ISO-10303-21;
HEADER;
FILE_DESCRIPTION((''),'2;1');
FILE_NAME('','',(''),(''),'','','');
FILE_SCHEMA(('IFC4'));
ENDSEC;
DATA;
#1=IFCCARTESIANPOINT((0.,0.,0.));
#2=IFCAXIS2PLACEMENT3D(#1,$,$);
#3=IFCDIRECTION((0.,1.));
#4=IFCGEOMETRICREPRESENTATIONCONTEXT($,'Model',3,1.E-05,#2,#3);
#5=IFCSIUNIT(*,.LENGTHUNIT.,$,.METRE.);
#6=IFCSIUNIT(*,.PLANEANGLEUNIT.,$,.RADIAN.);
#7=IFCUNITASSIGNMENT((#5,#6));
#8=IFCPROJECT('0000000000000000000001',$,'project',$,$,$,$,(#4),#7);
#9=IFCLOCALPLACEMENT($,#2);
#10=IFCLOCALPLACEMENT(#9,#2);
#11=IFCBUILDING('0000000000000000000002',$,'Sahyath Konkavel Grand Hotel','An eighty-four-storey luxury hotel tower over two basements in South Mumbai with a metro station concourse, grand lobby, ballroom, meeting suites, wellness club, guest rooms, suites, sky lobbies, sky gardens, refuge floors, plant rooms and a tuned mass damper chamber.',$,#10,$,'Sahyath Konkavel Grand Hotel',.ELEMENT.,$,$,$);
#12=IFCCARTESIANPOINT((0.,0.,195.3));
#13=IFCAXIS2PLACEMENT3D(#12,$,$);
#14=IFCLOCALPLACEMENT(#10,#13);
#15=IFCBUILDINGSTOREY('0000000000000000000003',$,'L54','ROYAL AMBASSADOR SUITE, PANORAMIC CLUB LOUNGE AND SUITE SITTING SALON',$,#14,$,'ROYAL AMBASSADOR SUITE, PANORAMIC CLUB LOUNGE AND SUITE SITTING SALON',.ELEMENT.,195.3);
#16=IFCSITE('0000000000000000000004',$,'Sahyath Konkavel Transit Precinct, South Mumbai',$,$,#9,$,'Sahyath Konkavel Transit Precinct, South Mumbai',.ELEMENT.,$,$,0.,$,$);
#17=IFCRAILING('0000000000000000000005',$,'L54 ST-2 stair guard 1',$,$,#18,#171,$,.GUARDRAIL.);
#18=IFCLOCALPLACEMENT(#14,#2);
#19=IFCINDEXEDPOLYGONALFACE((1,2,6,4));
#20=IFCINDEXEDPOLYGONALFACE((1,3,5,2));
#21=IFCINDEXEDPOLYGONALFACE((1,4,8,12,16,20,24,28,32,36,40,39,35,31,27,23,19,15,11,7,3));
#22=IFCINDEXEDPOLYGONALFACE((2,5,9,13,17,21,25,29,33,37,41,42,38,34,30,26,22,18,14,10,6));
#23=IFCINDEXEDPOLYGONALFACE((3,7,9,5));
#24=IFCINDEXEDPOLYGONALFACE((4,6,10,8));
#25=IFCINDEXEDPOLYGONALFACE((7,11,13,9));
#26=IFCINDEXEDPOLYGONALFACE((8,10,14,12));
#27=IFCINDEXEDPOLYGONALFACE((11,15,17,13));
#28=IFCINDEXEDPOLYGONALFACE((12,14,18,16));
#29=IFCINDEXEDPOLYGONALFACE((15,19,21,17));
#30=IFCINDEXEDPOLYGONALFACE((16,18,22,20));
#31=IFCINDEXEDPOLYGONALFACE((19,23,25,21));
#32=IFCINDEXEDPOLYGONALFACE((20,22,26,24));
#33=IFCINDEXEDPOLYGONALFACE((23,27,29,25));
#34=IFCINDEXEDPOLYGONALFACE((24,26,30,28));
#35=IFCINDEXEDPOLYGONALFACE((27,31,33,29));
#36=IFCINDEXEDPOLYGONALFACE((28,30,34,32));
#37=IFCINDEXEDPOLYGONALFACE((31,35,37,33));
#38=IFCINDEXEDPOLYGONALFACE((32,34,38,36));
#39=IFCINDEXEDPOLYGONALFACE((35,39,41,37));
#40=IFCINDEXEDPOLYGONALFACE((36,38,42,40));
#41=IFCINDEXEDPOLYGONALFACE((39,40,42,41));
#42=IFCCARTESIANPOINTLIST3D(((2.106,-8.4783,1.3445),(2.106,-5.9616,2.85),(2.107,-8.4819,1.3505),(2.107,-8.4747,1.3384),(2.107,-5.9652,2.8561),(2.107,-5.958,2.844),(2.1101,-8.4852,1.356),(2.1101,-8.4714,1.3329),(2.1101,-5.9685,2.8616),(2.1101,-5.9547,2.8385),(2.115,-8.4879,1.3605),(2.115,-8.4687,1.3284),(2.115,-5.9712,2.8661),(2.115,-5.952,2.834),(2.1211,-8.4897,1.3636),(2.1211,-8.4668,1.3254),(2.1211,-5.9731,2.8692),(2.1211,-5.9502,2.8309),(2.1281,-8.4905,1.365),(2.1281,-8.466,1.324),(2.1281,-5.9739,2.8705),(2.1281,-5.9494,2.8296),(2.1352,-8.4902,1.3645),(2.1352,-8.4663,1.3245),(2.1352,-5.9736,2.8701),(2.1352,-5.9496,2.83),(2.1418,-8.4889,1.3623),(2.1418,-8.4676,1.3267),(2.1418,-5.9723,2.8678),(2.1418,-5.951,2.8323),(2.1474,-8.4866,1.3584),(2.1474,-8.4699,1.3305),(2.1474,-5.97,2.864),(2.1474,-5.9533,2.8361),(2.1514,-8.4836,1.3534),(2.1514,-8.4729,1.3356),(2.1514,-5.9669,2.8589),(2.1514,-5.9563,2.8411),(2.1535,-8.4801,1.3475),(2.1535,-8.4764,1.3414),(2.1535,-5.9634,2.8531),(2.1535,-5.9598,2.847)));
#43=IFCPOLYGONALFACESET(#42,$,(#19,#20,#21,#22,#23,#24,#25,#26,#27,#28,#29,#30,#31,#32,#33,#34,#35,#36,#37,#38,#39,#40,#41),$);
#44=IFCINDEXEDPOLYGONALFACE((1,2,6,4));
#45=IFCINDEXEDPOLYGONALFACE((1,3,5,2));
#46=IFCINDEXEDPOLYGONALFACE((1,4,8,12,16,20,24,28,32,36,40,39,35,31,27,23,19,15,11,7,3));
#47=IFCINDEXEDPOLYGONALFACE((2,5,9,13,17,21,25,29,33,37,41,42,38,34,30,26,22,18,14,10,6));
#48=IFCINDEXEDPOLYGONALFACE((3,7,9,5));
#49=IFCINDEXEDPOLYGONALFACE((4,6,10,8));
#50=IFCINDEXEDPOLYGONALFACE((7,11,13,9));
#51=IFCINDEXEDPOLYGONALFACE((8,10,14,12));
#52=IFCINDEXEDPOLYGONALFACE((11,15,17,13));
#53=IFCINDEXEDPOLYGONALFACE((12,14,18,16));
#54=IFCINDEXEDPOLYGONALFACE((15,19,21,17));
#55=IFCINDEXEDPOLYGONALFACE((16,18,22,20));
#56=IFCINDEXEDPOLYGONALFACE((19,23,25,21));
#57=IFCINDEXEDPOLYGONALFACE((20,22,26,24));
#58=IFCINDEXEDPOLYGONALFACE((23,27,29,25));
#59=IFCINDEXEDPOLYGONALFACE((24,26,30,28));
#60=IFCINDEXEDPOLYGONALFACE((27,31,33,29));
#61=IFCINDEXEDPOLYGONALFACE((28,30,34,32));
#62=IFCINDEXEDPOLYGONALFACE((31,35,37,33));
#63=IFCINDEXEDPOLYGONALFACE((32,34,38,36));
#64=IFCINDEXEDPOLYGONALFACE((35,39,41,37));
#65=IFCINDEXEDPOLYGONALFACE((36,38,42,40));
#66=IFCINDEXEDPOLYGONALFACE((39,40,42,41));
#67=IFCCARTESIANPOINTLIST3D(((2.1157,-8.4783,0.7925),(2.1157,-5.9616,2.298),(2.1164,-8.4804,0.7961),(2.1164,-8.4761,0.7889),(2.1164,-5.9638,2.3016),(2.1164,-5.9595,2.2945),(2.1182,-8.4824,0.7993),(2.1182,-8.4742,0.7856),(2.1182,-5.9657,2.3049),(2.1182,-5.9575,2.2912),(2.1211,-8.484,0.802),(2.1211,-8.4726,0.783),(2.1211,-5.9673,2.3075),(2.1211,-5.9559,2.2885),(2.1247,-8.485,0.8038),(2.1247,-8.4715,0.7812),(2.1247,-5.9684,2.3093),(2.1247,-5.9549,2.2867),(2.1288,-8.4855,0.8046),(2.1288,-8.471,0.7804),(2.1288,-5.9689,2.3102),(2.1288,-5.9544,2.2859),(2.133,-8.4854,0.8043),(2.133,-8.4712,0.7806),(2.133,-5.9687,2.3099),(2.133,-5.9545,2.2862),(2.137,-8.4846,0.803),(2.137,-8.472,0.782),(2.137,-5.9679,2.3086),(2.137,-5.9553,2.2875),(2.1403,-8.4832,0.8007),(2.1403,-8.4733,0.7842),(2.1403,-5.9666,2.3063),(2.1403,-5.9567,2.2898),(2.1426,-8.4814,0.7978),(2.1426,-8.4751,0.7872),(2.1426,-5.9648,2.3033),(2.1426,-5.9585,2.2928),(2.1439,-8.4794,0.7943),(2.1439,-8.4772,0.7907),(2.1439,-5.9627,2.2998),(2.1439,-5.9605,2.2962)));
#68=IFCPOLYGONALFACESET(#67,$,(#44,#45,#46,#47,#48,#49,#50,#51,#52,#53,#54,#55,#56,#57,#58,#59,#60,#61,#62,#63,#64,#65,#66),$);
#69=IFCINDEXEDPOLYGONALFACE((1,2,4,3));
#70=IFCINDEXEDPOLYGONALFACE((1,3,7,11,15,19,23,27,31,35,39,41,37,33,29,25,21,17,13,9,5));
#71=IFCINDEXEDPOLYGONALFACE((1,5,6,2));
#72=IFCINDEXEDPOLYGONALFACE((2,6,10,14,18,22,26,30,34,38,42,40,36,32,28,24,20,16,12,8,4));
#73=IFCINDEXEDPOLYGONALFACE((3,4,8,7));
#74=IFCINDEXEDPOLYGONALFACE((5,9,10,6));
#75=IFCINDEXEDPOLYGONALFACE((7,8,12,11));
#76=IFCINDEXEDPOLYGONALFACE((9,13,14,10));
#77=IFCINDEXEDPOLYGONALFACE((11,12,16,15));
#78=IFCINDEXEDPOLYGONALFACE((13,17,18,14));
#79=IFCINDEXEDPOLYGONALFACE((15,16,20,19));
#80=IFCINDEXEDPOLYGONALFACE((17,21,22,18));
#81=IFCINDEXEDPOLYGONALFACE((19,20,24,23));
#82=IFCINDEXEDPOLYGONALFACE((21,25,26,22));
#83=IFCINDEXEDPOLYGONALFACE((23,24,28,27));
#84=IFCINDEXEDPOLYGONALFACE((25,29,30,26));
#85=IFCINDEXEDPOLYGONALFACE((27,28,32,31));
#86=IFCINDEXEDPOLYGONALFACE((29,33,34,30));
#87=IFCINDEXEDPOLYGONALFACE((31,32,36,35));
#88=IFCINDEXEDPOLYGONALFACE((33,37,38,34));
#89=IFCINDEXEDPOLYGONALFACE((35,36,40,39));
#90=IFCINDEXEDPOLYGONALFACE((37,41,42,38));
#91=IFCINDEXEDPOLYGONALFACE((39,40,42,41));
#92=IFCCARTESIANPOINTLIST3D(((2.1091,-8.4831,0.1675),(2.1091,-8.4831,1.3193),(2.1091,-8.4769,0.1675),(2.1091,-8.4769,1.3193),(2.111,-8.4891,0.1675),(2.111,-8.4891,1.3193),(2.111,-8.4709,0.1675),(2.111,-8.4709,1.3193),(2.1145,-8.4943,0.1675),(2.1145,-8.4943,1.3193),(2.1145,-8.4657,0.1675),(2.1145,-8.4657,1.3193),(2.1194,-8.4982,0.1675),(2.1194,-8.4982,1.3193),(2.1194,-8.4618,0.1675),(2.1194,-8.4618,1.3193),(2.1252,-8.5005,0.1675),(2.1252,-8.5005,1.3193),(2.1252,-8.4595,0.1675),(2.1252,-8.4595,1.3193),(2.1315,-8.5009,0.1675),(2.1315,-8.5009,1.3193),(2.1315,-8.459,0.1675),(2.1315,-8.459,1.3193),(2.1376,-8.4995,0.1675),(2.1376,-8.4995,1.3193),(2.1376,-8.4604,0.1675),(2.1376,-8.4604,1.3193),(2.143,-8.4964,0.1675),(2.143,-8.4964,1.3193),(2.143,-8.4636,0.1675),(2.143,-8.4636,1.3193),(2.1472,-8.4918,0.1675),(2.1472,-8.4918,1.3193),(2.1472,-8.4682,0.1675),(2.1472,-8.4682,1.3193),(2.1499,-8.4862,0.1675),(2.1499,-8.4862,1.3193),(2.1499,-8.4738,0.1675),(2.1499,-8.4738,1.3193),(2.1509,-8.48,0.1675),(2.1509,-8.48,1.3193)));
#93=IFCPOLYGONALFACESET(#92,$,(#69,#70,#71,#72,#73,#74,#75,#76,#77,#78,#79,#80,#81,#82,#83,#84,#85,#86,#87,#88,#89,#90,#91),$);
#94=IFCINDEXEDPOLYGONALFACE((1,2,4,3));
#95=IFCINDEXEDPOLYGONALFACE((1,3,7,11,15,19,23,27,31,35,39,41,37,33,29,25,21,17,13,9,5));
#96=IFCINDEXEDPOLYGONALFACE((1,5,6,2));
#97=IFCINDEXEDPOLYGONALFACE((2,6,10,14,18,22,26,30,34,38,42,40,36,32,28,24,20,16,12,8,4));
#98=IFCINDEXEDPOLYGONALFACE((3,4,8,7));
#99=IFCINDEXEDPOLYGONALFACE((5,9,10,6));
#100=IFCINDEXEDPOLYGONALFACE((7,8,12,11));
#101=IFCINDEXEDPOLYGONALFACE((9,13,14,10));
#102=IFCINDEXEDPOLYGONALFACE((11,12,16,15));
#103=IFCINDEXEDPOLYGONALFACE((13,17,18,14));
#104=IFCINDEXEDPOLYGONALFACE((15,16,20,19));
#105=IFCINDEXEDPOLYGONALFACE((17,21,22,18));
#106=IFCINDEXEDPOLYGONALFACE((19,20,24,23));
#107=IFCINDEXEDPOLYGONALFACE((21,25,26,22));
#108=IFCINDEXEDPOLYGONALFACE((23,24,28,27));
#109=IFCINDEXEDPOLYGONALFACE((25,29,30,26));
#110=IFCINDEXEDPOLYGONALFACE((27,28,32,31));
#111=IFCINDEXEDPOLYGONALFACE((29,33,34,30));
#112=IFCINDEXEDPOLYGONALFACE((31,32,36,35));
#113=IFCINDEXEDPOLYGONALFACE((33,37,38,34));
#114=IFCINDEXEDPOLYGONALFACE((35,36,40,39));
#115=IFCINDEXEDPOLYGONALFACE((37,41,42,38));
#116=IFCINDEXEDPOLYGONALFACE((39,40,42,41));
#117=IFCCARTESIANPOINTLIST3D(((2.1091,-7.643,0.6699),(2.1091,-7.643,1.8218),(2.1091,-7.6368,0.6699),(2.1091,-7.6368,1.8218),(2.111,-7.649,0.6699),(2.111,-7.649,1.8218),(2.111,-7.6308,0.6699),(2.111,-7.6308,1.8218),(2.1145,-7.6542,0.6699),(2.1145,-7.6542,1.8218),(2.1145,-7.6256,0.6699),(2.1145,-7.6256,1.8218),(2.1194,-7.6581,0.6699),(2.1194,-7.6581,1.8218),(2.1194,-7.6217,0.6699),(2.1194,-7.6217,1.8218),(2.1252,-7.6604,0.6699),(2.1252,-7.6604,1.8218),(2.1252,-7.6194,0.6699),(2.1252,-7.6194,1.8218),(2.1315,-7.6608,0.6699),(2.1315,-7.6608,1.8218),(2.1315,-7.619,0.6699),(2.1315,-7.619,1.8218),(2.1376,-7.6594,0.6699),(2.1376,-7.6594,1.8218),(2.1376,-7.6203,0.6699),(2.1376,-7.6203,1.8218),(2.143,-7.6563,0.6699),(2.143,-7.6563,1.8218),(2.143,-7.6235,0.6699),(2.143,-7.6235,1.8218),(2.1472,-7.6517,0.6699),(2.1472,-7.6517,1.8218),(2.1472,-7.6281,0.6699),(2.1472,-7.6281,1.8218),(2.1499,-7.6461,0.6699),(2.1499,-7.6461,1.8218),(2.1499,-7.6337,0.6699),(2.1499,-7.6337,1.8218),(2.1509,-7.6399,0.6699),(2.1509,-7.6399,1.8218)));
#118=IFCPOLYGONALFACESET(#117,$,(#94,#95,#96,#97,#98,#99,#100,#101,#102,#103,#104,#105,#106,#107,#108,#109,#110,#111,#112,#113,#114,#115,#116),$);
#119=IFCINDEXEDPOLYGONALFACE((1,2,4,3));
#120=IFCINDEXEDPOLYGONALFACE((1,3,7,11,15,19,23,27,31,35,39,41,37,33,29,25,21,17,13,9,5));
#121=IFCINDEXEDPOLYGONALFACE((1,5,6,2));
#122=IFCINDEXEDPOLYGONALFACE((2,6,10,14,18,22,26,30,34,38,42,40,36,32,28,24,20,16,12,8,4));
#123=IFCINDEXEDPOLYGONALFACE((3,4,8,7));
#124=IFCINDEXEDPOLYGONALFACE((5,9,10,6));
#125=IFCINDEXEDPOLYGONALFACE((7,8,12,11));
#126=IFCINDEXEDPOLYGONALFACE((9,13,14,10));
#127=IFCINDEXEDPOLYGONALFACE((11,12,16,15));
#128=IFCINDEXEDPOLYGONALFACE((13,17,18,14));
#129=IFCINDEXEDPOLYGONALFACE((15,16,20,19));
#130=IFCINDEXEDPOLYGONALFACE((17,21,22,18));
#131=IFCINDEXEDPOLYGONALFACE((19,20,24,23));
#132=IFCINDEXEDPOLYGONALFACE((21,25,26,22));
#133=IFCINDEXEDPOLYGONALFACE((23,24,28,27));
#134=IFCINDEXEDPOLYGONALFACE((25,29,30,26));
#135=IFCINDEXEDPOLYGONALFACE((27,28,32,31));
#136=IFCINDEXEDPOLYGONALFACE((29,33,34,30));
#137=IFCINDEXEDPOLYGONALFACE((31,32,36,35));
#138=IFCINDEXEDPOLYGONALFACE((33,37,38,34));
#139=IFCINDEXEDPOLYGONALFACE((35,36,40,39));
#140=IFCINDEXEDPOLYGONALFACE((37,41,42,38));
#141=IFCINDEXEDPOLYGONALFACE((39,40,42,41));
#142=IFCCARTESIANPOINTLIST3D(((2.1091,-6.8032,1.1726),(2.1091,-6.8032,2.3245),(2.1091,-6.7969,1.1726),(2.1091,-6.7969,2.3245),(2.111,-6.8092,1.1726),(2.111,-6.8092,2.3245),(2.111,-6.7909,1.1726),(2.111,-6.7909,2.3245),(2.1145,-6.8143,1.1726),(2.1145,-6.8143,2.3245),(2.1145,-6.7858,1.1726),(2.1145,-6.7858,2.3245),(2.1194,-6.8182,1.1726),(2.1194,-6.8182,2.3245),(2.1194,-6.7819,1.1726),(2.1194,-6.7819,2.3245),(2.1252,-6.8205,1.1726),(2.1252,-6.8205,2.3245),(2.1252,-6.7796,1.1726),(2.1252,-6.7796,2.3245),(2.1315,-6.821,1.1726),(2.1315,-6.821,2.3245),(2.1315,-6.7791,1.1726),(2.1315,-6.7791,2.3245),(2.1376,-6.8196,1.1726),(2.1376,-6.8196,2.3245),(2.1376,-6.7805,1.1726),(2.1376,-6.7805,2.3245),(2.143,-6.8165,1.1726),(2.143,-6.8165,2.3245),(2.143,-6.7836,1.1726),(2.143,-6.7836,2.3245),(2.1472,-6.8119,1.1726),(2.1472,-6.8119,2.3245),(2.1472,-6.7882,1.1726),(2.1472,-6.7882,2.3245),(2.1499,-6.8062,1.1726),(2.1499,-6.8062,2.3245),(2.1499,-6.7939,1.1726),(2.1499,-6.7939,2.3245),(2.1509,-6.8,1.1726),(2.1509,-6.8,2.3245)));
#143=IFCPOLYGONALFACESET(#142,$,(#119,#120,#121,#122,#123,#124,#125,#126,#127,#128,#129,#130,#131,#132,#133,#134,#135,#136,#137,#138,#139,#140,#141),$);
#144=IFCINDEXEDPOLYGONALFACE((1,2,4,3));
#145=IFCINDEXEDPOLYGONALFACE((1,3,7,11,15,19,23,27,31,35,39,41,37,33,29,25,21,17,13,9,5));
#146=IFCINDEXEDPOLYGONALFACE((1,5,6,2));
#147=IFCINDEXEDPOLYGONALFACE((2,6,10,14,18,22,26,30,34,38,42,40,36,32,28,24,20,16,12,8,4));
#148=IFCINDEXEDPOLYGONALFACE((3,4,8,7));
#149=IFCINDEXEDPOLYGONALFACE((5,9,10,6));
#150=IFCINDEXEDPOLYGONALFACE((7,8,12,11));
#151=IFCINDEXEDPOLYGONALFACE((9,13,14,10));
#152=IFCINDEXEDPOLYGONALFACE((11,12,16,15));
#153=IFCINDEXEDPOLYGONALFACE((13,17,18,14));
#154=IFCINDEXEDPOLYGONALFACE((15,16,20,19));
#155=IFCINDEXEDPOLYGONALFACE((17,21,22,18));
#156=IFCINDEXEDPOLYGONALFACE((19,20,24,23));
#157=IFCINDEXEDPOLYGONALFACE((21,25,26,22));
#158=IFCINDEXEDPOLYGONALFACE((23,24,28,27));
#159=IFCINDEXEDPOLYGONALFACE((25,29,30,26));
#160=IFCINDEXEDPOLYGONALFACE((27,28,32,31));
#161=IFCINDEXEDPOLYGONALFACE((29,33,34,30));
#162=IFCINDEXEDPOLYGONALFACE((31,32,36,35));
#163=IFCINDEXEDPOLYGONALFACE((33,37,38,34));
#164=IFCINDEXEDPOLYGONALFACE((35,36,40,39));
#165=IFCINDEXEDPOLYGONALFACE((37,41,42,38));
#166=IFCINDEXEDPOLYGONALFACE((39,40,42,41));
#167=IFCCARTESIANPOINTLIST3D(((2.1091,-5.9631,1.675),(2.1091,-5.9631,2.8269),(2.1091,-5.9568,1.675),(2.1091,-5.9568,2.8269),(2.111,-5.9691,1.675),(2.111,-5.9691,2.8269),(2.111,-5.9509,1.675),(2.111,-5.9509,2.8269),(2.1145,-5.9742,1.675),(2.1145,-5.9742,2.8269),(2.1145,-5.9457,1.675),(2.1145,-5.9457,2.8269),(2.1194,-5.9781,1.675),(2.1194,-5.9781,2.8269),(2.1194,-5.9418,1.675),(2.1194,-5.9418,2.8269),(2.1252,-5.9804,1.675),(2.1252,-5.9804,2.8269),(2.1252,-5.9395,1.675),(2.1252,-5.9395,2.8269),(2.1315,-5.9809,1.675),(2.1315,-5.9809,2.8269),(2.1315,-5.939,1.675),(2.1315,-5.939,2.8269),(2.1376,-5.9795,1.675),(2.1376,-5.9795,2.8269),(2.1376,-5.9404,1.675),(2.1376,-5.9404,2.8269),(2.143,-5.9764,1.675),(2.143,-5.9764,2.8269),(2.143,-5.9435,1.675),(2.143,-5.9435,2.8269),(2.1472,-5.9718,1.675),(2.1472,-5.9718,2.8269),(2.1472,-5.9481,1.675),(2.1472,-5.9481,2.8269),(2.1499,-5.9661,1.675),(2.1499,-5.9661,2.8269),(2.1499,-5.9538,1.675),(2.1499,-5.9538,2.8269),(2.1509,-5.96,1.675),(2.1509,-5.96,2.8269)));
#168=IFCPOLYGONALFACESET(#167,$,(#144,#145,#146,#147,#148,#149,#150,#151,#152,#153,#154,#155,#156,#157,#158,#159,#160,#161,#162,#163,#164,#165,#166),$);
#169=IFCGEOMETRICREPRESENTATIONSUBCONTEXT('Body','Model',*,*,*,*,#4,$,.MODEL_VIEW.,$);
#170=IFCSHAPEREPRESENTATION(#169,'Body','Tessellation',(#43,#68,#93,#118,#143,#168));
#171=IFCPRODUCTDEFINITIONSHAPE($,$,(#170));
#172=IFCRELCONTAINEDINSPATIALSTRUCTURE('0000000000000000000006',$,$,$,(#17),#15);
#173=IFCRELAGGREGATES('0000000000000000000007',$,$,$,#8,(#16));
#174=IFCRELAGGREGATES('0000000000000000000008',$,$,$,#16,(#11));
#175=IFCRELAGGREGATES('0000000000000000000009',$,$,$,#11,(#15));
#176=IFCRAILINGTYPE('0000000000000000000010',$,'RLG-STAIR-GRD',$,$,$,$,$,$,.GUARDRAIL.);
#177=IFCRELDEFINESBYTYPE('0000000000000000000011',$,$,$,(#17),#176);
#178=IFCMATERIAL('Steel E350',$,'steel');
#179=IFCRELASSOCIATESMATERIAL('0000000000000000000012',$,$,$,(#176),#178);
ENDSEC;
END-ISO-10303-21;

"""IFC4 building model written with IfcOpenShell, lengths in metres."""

from ifc_helpers import new_model, si_unit, direction, frame, origin, origin_2d, place, context, subcontext, project, spatial, circle, extrude, material, type_object, element, save


model = new_model("IFC4")

# Units and contexts
model_context = context("Model", 3, precision=1e-05, world=origin(), true_north=direction((0.0, 1.0)))
body_context = subcontext(model_context, "Body", "Model", "MODEL_VIEW")
ifc_project = project(units=[si_unit("LENGTHUNIT", "METRE"), si_unit("PLANEANGLEUNIT", "RADIAN")], contexts=[model_context])

# Site, building, storey
site_placement = place(None, origin())
site = spatial("IfcSite", under=ifc_project, at=site_placement, Name="Sahyath Konkavel Transit Precinct, South Mumbai", LongName="Sahyath Konkavel Transit Precinct, South Mumbai", CompositionType="ELEMENT", RefElevation=0.0)
building_placement = place(site_placement, origin())
building = spatial("IfcBuilding", under=site, at=building_placement, Name="Sahyath Konkavel Grand Hotel", Description="An eighty-four-storey luxury hotel tower over two basements in South Mumbai with a metro station concourse, grand lobby, ballroom, meeting suites, wellness club, guest rooms, suites, sky lobbies, sky gardens, refuge floors, plant rooms and a tuned mass damper chamber.", LongName="Sahyath Konkavel Grand Hotel", CompositionType="ELEMENT")
storey_placement = place(building_placement, frame((0.0, 0.0, 195.3)))
storey = spatial("IfcBuildingStorey", under=building, at=storey_placement, Name="L54", Description="ROYAL AMBASSADOR SUITE, PANORAMIC CLUB LOUNGE AND SUITE SITTING SALON", LongName="ROYAL AMBASSADOR SUITE, PANORAMIC CLUB LOUNGE AND SUITE SITTING SALON", CompositionType="ELEMENT", Elevation=195.3)

# Shared definitions
ifc_material_1 = material(Name="Steel E350", Category="steel")

# Railing
railing_type_1 = type_object("IfcRailingType", Name="RLG-STAIR-GRD", PredefinedType="GUARDRAIL", material=ifc_material_1)
railing_1_placement = place(storey_placement, frame((2.1299, -8.48, 0.1675)))
element("IfcRailing", 1, at=railing_1_placement, inside=storey, type_object=railing_type_1, Name="L54 ST-2 stair guard 1", PredefinedType="GUARDRAIL", context=body_context, shape_type="SweptSolid", body=[
    extrude(circle(Radius=0.0239, at=origin_2d()), frame((0.0, 0.0017, 1.177), z_axis=(0.0, 0.85816, 0.513383), x_axis=(-1.0, 0.0, 0.0)), (0.0, 0.0, 1.0), 2.9326),
    extrude(circle(Radius=0.0142, at=origin_2d()), frame((0.0, 0.0017, 0.625), z_axis=(0.0, 0.85816, 0.513383), x_axis=(-1.0, 0.0, 0.0)), (0.0, 0.0, 1.0), 2.9326),
    extrude(circle(Radius=0.021, at=origin_2d()), origin(), (0.0, 0.0, 1.0), 1.1519),
    extrude(circle(Radius=0.021, at=origin_2d()), frame((0.0, 0.8401, 0.5024)), (0.0, 0.0, 1.0), 1.1519),
    extrude(circle(Radius=0.021, at=origin_2d()), frame((0.0, 1.6799, 1.0051)), (0.0, 0.0, 1.0), 1.1519),
    extrude(circle(Radius=0.021, at=origin_2d()), frame((0.0, 2.52, 1.5076)), (0.0, 0.0, 1.0), 1.1519),
])

save(model, "model.ifc")
